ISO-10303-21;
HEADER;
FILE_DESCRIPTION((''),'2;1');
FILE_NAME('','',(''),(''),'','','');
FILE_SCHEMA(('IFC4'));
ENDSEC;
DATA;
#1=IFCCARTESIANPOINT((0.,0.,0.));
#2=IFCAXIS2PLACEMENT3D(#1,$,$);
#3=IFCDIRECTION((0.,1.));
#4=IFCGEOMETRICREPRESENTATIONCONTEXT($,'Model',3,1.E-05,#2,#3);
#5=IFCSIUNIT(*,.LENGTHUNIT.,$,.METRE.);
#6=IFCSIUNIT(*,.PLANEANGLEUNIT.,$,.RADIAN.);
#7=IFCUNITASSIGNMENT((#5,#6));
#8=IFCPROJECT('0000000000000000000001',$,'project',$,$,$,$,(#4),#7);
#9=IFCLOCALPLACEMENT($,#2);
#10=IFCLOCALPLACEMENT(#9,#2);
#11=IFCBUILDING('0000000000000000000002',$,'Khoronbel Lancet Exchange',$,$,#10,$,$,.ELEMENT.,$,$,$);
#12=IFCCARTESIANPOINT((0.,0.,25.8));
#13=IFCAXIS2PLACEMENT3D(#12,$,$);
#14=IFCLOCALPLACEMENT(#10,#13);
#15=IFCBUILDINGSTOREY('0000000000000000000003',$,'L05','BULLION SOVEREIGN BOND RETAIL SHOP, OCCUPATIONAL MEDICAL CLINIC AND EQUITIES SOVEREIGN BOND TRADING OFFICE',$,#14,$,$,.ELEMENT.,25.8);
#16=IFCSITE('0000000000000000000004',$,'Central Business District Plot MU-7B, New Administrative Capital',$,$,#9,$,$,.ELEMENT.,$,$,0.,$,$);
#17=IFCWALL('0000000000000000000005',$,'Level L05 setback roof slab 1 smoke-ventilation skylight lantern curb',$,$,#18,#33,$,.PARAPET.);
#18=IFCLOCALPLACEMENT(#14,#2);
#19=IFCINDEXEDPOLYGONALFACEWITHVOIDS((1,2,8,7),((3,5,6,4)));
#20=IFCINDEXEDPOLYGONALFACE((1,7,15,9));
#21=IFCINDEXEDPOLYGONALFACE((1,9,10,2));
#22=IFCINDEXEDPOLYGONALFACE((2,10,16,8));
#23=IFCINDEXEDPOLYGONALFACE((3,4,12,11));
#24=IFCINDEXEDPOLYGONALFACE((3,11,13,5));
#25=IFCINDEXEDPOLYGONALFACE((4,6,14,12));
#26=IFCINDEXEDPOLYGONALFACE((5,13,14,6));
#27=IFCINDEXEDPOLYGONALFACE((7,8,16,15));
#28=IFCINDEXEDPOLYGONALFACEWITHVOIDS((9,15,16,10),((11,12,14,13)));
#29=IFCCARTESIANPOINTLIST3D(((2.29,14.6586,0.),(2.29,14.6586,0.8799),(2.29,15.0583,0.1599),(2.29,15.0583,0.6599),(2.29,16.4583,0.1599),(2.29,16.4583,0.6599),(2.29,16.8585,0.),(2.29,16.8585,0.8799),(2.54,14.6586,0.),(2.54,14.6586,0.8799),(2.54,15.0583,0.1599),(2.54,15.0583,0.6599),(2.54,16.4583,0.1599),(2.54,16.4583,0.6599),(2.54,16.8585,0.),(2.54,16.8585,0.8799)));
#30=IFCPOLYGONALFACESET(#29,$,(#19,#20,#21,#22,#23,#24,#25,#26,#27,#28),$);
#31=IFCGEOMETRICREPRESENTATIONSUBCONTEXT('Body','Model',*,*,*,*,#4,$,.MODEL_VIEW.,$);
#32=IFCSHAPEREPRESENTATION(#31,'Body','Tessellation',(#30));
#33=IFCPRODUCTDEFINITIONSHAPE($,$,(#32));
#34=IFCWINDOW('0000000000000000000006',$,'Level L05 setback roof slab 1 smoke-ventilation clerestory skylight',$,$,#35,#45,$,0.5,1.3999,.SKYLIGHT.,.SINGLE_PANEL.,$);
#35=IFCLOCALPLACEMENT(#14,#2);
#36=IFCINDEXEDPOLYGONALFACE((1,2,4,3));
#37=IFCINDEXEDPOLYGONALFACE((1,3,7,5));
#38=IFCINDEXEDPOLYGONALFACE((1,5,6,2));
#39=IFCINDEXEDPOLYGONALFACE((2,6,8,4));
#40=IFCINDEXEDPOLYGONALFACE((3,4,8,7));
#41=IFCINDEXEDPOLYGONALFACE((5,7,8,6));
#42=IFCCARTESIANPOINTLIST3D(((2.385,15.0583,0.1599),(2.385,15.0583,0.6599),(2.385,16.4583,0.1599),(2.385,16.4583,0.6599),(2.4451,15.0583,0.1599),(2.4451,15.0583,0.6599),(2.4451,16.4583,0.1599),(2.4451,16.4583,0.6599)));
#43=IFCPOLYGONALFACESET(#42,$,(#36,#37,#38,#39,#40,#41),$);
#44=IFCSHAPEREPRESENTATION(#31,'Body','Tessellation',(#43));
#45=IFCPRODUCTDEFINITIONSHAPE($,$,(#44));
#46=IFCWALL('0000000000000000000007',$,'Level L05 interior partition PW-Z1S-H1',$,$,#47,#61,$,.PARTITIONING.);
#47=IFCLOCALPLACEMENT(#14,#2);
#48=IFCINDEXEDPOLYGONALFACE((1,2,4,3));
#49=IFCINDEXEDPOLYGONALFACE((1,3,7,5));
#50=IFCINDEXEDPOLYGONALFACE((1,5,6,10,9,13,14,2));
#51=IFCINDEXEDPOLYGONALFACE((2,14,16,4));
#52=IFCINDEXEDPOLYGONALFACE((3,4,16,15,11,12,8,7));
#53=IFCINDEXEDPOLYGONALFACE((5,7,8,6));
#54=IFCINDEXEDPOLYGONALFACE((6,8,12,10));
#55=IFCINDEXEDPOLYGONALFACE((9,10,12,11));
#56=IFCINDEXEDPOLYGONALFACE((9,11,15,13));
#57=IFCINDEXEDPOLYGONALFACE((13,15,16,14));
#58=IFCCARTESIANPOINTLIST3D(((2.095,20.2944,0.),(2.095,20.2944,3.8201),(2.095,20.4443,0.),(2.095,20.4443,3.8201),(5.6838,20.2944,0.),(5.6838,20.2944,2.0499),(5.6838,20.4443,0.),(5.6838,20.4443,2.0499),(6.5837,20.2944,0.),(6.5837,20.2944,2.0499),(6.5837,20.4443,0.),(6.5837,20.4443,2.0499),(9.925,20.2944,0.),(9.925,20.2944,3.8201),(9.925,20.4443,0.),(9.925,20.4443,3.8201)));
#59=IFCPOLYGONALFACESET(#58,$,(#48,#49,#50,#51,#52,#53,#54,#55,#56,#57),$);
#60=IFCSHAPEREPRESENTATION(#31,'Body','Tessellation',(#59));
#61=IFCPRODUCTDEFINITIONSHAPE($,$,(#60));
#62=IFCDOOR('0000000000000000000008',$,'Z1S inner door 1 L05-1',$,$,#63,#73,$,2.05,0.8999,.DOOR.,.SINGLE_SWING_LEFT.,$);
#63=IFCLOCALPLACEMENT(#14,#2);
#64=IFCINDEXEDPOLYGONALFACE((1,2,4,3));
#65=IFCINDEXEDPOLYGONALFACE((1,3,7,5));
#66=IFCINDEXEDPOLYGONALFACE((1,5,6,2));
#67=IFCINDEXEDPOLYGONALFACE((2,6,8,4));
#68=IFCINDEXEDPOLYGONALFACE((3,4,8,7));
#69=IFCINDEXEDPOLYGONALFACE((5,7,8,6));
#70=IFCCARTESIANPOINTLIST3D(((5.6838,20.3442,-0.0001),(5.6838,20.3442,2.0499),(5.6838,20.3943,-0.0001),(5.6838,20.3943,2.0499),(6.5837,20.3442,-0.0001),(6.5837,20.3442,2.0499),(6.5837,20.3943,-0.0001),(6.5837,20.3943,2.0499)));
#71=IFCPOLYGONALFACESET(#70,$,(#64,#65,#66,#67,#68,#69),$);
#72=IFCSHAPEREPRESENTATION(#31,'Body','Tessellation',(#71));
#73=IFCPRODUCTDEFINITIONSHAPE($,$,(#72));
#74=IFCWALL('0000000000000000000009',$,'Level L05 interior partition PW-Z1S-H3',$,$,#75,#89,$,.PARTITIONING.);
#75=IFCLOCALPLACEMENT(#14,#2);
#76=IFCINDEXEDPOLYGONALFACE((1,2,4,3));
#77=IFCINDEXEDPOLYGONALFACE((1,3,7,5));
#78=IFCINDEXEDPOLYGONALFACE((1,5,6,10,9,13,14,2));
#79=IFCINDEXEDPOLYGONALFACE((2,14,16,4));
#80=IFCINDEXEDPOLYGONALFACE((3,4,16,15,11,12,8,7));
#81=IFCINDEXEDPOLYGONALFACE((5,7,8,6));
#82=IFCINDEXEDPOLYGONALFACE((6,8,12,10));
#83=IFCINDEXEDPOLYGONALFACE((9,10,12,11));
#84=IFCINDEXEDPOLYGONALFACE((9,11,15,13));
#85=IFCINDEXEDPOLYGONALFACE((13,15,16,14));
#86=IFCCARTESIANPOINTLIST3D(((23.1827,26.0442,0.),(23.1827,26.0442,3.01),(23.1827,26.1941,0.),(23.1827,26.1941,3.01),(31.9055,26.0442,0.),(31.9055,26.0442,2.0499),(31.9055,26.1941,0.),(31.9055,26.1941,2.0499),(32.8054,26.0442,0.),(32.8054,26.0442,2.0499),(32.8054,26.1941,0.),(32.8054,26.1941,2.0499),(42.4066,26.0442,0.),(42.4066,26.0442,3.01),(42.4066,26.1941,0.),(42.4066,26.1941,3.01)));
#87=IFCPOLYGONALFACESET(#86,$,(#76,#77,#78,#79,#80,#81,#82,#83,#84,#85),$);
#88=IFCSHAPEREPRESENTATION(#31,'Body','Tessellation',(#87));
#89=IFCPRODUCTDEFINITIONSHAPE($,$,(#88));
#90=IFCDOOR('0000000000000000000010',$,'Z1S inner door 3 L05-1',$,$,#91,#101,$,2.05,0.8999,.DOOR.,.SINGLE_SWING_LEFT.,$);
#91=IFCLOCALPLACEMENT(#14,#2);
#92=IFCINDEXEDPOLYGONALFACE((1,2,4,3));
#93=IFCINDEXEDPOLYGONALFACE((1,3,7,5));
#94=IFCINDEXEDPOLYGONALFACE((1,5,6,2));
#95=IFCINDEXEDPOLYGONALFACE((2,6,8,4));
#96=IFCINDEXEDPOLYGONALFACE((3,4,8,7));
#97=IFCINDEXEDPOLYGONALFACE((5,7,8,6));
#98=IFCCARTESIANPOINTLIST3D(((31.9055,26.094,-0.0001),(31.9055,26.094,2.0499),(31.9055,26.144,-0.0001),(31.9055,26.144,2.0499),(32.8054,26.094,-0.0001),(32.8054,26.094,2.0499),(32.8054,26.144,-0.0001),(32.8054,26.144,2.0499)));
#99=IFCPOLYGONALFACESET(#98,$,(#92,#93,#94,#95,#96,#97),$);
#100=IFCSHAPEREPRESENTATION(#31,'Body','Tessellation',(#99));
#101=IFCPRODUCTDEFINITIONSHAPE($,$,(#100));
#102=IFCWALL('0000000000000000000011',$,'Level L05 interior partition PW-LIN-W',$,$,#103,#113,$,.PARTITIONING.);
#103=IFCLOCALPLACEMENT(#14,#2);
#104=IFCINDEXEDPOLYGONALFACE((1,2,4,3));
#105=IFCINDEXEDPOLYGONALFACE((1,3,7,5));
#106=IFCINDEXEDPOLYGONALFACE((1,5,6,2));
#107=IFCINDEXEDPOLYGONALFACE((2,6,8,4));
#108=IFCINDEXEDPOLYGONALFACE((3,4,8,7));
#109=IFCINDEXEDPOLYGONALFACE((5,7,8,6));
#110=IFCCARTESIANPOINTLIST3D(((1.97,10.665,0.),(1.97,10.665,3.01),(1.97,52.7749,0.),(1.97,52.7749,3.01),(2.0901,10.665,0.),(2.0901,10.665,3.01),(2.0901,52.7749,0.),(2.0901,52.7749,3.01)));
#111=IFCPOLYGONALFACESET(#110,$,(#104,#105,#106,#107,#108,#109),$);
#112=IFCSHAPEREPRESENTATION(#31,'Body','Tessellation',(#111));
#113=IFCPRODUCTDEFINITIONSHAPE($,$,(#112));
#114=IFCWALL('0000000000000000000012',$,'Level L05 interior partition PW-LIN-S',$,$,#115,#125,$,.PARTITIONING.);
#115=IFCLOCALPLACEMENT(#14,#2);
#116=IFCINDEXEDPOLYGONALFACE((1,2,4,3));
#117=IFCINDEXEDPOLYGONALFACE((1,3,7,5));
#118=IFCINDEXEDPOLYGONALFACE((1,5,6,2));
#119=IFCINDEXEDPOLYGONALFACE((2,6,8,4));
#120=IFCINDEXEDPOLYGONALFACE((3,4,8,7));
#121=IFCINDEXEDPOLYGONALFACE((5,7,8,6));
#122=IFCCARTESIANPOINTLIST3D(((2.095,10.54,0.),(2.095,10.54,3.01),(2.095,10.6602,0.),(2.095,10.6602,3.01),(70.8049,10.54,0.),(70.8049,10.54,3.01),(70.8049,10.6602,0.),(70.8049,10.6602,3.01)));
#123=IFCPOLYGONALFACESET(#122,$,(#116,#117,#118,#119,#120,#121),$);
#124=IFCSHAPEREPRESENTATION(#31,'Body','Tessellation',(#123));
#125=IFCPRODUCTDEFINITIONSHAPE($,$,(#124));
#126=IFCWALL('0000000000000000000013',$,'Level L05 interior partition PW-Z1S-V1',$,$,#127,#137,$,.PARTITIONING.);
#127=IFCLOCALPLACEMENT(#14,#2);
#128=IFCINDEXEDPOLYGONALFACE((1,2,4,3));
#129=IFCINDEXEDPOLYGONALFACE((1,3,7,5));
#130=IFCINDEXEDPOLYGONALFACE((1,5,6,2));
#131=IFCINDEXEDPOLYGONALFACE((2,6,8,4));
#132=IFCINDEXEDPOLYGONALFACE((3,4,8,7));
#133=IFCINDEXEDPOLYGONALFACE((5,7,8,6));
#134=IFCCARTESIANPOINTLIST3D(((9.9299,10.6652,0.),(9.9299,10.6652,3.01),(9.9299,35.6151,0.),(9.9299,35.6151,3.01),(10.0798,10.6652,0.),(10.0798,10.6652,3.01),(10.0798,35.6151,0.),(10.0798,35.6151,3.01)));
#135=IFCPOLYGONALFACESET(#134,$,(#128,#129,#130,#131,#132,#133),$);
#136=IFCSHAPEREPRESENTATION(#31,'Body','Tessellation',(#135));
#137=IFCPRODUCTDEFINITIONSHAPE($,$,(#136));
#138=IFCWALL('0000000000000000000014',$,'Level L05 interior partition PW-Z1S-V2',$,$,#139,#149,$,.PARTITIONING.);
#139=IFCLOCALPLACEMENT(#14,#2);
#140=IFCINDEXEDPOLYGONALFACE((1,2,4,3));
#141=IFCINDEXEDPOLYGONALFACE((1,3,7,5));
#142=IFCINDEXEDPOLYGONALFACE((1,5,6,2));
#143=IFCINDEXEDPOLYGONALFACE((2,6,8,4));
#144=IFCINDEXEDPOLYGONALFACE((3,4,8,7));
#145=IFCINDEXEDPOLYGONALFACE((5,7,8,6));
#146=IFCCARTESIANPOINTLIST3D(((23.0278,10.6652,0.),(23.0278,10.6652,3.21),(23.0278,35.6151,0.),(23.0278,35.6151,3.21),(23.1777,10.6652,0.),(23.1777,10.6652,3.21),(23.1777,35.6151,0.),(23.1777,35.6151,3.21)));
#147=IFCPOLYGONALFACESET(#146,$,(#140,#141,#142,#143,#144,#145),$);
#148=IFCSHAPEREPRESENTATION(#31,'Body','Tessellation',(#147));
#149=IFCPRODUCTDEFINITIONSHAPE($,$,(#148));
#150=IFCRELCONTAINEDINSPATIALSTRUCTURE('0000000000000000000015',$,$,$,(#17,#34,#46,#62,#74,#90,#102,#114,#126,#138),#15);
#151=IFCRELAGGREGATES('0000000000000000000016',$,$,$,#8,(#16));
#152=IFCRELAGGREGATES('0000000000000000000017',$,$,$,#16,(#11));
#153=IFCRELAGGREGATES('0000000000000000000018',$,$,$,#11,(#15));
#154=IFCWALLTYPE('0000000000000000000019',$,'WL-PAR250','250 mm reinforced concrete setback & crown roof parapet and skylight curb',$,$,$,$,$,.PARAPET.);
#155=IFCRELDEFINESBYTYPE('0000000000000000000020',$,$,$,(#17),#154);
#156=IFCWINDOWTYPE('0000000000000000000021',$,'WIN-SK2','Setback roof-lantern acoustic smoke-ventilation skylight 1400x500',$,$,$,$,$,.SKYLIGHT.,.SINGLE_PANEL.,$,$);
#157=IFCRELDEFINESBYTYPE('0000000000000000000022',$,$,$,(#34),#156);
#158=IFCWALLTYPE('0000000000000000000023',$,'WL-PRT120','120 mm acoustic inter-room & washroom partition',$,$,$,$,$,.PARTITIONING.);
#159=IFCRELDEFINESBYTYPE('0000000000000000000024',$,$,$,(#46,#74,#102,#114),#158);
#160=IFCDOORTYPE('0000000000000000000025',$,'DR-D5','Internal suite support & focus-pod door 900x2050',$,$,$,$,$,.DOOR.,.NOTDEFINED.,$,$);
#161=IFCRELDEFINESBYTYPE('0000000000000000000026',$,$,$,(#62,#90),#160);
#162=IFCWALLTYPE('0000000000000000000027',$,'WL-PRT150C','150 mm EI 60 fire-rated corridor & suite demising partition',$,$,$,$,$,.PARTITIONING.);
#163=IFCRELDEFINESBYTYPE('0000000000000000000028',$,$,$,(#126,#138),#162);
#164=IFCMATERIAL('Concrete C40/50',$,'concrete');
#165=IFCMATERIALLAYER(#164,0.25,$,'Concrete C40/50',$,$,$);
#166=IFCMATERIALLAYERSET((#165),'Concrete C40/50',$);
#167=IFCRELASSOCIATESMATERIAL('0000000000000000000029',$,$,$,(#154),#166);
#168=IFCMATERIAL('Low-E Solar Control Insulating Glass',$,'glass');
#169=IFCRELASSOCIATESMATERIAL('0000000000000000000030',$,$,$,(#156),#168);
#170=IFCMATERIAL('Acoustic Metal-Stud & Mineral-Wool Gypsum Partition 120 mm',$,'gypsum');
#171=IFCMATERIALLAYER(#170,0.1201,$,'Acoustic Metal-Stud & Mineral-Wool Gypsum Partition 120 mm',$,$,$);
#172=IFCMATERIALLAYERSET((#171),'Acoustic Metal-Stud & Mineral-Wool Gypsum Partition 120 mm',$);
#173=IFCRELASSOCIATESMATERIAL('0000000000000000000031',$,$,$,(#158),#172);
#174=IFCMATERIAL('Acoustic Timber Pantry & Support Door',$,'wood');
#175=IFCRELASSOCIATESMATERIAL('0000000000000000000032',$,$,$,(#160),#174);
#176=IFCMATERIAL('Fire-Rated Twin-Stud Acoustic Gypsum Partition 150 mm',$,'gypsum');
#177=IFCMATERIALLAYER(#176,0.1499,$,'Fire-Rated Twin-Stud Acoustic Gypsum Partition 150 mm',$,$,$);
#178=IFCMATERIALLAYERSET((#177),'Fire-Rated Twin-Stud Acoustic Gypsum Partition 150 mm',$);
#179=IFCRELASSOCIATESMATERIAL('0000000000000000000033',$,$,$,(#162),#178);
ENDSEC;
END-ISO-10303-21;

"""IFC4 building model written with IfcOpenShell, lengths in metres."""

from ifc_helpers import new_model, si_unit, direction, frame, frame_2d, origin, place, context, subcontext, project, spatial, rectangle, extrude, material, layer, layer_set, type_object, element, fill, save


model = new_model("IFC4")

# Units and contexts
model_context = context("Model", 3, precision=1e-05, world=origin(), true_north=direction((0.0, 1.0)))
body_context = subcontext(model_context, "Body", "Model", "MODEL_VIEW")
ifc_project = project(units=[si_unit("LENGTHUNIT", "METRE"), si_unit("PLANEANGLEUNIT", "RADIAN")], contexts=[model_context])

# Site, building, storey
site_placement = place(None, origin())
site = spatial("IfcSite", under=ifc_project, at=site_placement, Name="Central Business District Plot MU-7B, New Administrative Capital", CompositionType="ELEMENT", RefElevation=0.0)
building_placement = place(site_placement, origin())
building = spatial("IfcBuilding", under=site, at=building_placement, Name="Khoronbel Lancet Exchange", CompositionType="ELEMENT")
storey_placement = place(building_placement, frame((0.0, 0.0, 25.8)))
storey = spatial("IfcBuildingStorey", under=building, at=storey_placement, Name="L05", Description="BULLION SOVEREIGN BOND RETAIL SHOP, OCCUPATIONAL MEDICAL CLINIC AND EQUITIES SOVEREIGN BOND TRADING OFFICE", CompositionType="ELEMENT", Elevation=25.8)

# Wall, opening, window
ifc_material_1 = material(Name="Concrete C40/50", Category="concrete")
ifc_layer_1 = layer(ifc_material_1, 0.25, Name="Concrete C40/50")
ifc_layer_set_1 = layer_set([ifc_layer_1], Name="Concrete C40/50")
wall_type_1 = type_object("IfcWallType", Name="WL-PAR250", Description="250 mm reinforced concrete setback & crown roof parapet and skylight curb", PredefinedType="PARAPET", material=ifc_layer_set_1)
wall_1_placement = place(storey_placement, frame((2.415, 14.6584, 0.0), z_axis=(0.0, 0.0, 1.0), x_axis=(0.0, 1.0, 0.0)))
wall_1 = element("IfcWall", 1, at=wall_1_placement, inside=storey, type_object=wall_type_1, Name="Level L05 setback roof slab 1 smoke-ventilation skylight lantern curb", PredefinedType="PARAPET", context=body_context, shape_type="SweptSolid", body=[
    extrude(rectangle(XDim=2.2, YDim=0.25, at=frame_2d((1.1001, 0.0))), origin(), (0.0, 0.0, 1.0), 0.8799),
])
opening_1_placement = place(wall_1_placement, frame((0.3999, 0.0, 0.1599)))
opening_1 = element("IfcOpeningElement", 2, at=opening_1_placement, cuts=wall_1, PredefinedType="OPENING", context=body_context, shape_type="SweptSolid", body=[
    extrude(rectangle(XDim=1.3999, YDim=0.5, at=frame_2d((0.7, 0.25))), frame((0.0, 0.135, 0.0), z_axis=(0.0, -1.0, 0.0), x_axis=(1.0, 0.0, 0.0)), (0.0, 0.0, 1.0), 0.27),
])
ifc_material_2 = material(Name="Low-E Solar Control Insulating Glass", Category="glass")
window_type = type_object("IfcWindowType", Name="WIN-SK2", Description="Setback roof-lantern acoustic smoke-ventilation skylight 1400x500", PartitioningType="SINGLE_PANEL", PredefinedType="SKYLIGHT", material=ifc_material_2)
window_placement = place(opening_1_placement, origin())
window = element("IfcWindow", 3, at=window_placement, inside=storey, type_object=window_type, Name="Level L05 setback roof slab 1 smoke-ventilation clerestory skylight", OverallHeight=0.5, OverallWidth=1.3999, PartitioningType="SINGLE_PANEL", PredefinedType="SKYLIGHT", context=body_context, shape_type="SweptSolid", body=[
    extrude(rectangle(XDim=1.3999, YDim=0.5, at=frame_2d((0.7, 0.25))), frame((0.0, 0.03, 0.0), z_axis=(0.0, -1.0, 0.0), x_axis=(1.0, 0.0, 0.0)), (0.0, 0.0, 1.0), 0.0601),
])
fill(opening_1, window)

# Walls, openings, doors
ifc_material_3 = material(Name="Acoustic Metal-Stud & Mineral-Wool Gypsum Partition 120 mm", Category="gypsum")
ifc_layer_2 = layer(ifc_material_3, 0.1201, Name="Acoustic Metal-Stud & Mineral-Wool Gypsum Partition 120 mm")
ifc_layer_set_2 = layer_set([ifc_layer_2], Name="Acoustic Metal-Stud & Mineral-Wool Gypsum Partition 120 mm")
wall_type_2 = type_object("IfcWallType", Name="WL-PRT120", Description="120 mm acoustic inter-room & washroom partition", PredefinedType="PARTITIONING", material=ifc_layer_set_2)
wall_2_placement = place(storey_placement, frame((2.095, 20.3694, 0.0), z_axis=(0.0, 0.0, 1.0), x_axis=(1.0, 0.0, 0.0)))
wall_2 = element("IfcWall", 4, at=wall_2_placement, inside=storey, type_object=wall_type_2, Name="Level L05 interior partition PW-Z1S-H1", PredefinedType="PARTITIONING", context=body_context, shape_type="SweptSolid", body=[
    extrude(rectangle(XDim=7.8301, YDim=0.1499, at=frame_2d((3.915, 0.0))), origin(), (0.0, 0.0, 1.0), 3.8201),
])
opening_2_placement = place(wall_2_placement, frame((3.5889, 0.0, 0.0)))
opening_2 = element("IfcOpeningElement", 5, at=opening_2_placement, cuts=wall_2, PredefinedType="OPENING", context=body_context, shape_type="SweptSolid", body=[
    extrude(rectangle(XDim=0.8999, YDim=2.05, at=frame_2d((0.45, 1.0249))), frame((0.0, 0.085, 0.0), z_axis=(0.0, -1.0, 0.0), x_axis=(1.0, 0.0, 0.0)), (0.0, 0.0, 1.0), 0.1699),
])
ifc_material_4 = material(Name="Acoustic Timber Pantry & Support Door", Category="wood")
door_type = type_object("IfcDoorType", Name="DR-D5", Description="Internal suite support & focus-pod door 900x2050", OperationType="NOTDEFINED", PredefinedType="DOOR", material=ifc_material_4)
door_1_placement = place(opening_2_placement, origin())
door_1 = element("IfcDoor", 6, at=door_1_placement, inside=storey, type_object=door_type, Name="Z1S inner door 1 L05-1", OperationType="SINGLE_SWING_LEFT", OverallHeight=2.05, OverallWidth=0.8999, PredefinedType="DOOR", context=body_context, shape_type="SweptSolid", body=[
    extrude(rectangle(XDim=0.8999, YDim=2.05, at=frame_2d((0.45, 1.0249))), frame((0.0, 0.0249, 0.0), z_axis=(0.0, -1.0, 0.0), x_axis=(1.0, 0.0, 0.0)), (0.0, 0.0, 1.0), 0.05),
])
fill(opening_2, door_1)
wall_3_placement = place(storey_placement, frame((23.1829, 26.1191, 0.0), z_axis=(0.0, 0.0, 1.0), x_axis=(1.0, 0.0, 0.0)))
wall_3 = element("IfcWall", 7, at=wall_3_placement, inside=storey, type_object=wall_type_2, Name="Level L05 interior partition PW-Z1S-H3", PredefinedType="PARTITIONING", context=body_context, shape_type="SweptSolid", body=[
    extrude(rectangle(XDim=19.2239, YDim=0.1499, at=frame_2d((9.6118, 0.0))), origin(), (0.0, 0.0, 1.0), 3.01),
])
opening_3_placement = place(wall_3_placement, frame((8.7227, 0.0, 0.0)))
opening_3 = element("IfcOpeningElement", 8, at=opening_3_placement, cuts=wall_3, PredefinedType="OPENING", context=body_context, shape_type="SweptSolid", body=[
    extrude(rectangle(XDim=0.8999, YDim=2.05, at=frame_2d((0.45, 1.0249))), frame((0.0, 0.085, 0.0), z_axis=(0.0, -1.0, 0.0), x_axis=(1.0, 0.0, 0.0)), (0.0, 0.0, 1.0), 0.1699),
])
door_2_placement = place(opening_3_placement, origin())
door_2 = element("IfcDoor", 9, at=door_2_placement, inside=storey, type_object=door_type, Name="Z1S inner door 3 L05-1", OperationType="SINGLE_SWING_LEFT", OverallHeight=2.05, OverallWidth=0.8999, PredefinedType="DOOR", context=body_context, shape_type="SweptSolid", body=[
    extrude(rectangle(XDim=0.8999, YDim=2.05, at=frame_2d((0.45, 1.0249))), frame((0.0, 0.0249, 0.0), z_axis=(0.0, -1.0, 0.0), x_axis=(1.0, 0.0, 0.0)), (0.0, 0.0, 1.0), 0.05),
])
fill(opening_3, door_2)

# Walls
wall_4_placement = place(storey_placement, frame((2.03, 10.665, 0.0), z_axis=(0.0, 0.0, 1.0), x_axis=(0.0, 1.0, 0.0)))
element("IfcWall", 10, at=wall_4_placement, inside=storey, type_object=wall_type_2, Name="Level L05 interior partition PW-LIN-W", PredefinedType="PARTITIONING", context=body_context, shape_type="SweptSolid", body=[
    extrude(rectangle(XDim=42.1099, YDim=0.1201, at=frame_2d((21.0549, 0.0))), origin(), (0.0, 0.0, 1.0), 3.01),
])
wall_5_placement = place(storey_placement, frame((2.095, 10.6001, 0.0), z_axis=(0.0, 0.0, 1.0), x_axis=(1.0, 0.0, 0.0)))
element("IfcWall", 11, at=wall_5_placement, inside=storey, type_object=wall_type_2, Name="Level L05 interior partition PW-LIN-S", PredefinedType="PARTITIONING", context=body_context, shape_type="SweptSolid", body=[
    extrude(rectangle(XDim=68.71, YDim=0.1201, at=frame_2d((34.355, 0.0))), origin(), (0.0, 0.0, 1.0), 3.01),
])
ifc_material_5 = material(Name="Fire-Rated Twin-Stud Acoustic Gypsum Partition 150 mm", Category="gypsum")
ifc_layer_3 = layer(ifc_material_5, 0.1499, Name="Fire-Rated Twin-Stud Acoustic Gypsum Partition 150 mm")
ifc_layer_set_3 = layer_set([ifc_layer_3], Name="Fire-Rated Twin-Stud Acoustic Gypsum Partition 150 mm")
wall_type_3 = type_object("IfcWallType", Name="WL-PRT150C", Description="150 mm EI 60 fire-rated corridor & suite demising partition", PredefinedType="PARTITIONING", material=ifc_layer_set_3)
wall_6_placement = place(storey_placement, frame((10.0049, 10.665, 0.0), z_axis=(0.0, 0.0, 1.0), x_axis=(0.0, 1.0, 0.0)))
element("IfcWall", 12, at=wall_6_placement, inside=storey, type_object=wall_type_3, Name="Level L05 interior partition PW-Z1S-V1", PredefinedType="PARTITIONING", context=body_context, shape_type="SweptSolid", body=[
    extrude(rectangle(XDim=24.95, YDim=0.1499, at=frame_2d((12.4751, 0.0))), origin(), (0.0, 0.0, 1.0), 3.01),
])
wall_7_placement = place(storey_placement, frame((23.1028, 10.665, 0.0), z_axis=(0.0, 0.0, 1.0), x_axis=(0.0, 1.0, 0.0)))
element("IfcWall", 13, at=wall_7_placement, inside=storey, type_object=wall_type_3, Name="Level L05 interior partition PW-Z1S-V2", PredefinedType="PARTITIONING", context=body_context, shape_type="SweptSolid", body=[
    extrude(rectangle(XDim=24.95, YDim=0.1499, at=frame_2d((12.4751, 0.0))), origin(), (0.0, 0.0, 1.0), 3.21),
])

save(model, "model.ifc")
